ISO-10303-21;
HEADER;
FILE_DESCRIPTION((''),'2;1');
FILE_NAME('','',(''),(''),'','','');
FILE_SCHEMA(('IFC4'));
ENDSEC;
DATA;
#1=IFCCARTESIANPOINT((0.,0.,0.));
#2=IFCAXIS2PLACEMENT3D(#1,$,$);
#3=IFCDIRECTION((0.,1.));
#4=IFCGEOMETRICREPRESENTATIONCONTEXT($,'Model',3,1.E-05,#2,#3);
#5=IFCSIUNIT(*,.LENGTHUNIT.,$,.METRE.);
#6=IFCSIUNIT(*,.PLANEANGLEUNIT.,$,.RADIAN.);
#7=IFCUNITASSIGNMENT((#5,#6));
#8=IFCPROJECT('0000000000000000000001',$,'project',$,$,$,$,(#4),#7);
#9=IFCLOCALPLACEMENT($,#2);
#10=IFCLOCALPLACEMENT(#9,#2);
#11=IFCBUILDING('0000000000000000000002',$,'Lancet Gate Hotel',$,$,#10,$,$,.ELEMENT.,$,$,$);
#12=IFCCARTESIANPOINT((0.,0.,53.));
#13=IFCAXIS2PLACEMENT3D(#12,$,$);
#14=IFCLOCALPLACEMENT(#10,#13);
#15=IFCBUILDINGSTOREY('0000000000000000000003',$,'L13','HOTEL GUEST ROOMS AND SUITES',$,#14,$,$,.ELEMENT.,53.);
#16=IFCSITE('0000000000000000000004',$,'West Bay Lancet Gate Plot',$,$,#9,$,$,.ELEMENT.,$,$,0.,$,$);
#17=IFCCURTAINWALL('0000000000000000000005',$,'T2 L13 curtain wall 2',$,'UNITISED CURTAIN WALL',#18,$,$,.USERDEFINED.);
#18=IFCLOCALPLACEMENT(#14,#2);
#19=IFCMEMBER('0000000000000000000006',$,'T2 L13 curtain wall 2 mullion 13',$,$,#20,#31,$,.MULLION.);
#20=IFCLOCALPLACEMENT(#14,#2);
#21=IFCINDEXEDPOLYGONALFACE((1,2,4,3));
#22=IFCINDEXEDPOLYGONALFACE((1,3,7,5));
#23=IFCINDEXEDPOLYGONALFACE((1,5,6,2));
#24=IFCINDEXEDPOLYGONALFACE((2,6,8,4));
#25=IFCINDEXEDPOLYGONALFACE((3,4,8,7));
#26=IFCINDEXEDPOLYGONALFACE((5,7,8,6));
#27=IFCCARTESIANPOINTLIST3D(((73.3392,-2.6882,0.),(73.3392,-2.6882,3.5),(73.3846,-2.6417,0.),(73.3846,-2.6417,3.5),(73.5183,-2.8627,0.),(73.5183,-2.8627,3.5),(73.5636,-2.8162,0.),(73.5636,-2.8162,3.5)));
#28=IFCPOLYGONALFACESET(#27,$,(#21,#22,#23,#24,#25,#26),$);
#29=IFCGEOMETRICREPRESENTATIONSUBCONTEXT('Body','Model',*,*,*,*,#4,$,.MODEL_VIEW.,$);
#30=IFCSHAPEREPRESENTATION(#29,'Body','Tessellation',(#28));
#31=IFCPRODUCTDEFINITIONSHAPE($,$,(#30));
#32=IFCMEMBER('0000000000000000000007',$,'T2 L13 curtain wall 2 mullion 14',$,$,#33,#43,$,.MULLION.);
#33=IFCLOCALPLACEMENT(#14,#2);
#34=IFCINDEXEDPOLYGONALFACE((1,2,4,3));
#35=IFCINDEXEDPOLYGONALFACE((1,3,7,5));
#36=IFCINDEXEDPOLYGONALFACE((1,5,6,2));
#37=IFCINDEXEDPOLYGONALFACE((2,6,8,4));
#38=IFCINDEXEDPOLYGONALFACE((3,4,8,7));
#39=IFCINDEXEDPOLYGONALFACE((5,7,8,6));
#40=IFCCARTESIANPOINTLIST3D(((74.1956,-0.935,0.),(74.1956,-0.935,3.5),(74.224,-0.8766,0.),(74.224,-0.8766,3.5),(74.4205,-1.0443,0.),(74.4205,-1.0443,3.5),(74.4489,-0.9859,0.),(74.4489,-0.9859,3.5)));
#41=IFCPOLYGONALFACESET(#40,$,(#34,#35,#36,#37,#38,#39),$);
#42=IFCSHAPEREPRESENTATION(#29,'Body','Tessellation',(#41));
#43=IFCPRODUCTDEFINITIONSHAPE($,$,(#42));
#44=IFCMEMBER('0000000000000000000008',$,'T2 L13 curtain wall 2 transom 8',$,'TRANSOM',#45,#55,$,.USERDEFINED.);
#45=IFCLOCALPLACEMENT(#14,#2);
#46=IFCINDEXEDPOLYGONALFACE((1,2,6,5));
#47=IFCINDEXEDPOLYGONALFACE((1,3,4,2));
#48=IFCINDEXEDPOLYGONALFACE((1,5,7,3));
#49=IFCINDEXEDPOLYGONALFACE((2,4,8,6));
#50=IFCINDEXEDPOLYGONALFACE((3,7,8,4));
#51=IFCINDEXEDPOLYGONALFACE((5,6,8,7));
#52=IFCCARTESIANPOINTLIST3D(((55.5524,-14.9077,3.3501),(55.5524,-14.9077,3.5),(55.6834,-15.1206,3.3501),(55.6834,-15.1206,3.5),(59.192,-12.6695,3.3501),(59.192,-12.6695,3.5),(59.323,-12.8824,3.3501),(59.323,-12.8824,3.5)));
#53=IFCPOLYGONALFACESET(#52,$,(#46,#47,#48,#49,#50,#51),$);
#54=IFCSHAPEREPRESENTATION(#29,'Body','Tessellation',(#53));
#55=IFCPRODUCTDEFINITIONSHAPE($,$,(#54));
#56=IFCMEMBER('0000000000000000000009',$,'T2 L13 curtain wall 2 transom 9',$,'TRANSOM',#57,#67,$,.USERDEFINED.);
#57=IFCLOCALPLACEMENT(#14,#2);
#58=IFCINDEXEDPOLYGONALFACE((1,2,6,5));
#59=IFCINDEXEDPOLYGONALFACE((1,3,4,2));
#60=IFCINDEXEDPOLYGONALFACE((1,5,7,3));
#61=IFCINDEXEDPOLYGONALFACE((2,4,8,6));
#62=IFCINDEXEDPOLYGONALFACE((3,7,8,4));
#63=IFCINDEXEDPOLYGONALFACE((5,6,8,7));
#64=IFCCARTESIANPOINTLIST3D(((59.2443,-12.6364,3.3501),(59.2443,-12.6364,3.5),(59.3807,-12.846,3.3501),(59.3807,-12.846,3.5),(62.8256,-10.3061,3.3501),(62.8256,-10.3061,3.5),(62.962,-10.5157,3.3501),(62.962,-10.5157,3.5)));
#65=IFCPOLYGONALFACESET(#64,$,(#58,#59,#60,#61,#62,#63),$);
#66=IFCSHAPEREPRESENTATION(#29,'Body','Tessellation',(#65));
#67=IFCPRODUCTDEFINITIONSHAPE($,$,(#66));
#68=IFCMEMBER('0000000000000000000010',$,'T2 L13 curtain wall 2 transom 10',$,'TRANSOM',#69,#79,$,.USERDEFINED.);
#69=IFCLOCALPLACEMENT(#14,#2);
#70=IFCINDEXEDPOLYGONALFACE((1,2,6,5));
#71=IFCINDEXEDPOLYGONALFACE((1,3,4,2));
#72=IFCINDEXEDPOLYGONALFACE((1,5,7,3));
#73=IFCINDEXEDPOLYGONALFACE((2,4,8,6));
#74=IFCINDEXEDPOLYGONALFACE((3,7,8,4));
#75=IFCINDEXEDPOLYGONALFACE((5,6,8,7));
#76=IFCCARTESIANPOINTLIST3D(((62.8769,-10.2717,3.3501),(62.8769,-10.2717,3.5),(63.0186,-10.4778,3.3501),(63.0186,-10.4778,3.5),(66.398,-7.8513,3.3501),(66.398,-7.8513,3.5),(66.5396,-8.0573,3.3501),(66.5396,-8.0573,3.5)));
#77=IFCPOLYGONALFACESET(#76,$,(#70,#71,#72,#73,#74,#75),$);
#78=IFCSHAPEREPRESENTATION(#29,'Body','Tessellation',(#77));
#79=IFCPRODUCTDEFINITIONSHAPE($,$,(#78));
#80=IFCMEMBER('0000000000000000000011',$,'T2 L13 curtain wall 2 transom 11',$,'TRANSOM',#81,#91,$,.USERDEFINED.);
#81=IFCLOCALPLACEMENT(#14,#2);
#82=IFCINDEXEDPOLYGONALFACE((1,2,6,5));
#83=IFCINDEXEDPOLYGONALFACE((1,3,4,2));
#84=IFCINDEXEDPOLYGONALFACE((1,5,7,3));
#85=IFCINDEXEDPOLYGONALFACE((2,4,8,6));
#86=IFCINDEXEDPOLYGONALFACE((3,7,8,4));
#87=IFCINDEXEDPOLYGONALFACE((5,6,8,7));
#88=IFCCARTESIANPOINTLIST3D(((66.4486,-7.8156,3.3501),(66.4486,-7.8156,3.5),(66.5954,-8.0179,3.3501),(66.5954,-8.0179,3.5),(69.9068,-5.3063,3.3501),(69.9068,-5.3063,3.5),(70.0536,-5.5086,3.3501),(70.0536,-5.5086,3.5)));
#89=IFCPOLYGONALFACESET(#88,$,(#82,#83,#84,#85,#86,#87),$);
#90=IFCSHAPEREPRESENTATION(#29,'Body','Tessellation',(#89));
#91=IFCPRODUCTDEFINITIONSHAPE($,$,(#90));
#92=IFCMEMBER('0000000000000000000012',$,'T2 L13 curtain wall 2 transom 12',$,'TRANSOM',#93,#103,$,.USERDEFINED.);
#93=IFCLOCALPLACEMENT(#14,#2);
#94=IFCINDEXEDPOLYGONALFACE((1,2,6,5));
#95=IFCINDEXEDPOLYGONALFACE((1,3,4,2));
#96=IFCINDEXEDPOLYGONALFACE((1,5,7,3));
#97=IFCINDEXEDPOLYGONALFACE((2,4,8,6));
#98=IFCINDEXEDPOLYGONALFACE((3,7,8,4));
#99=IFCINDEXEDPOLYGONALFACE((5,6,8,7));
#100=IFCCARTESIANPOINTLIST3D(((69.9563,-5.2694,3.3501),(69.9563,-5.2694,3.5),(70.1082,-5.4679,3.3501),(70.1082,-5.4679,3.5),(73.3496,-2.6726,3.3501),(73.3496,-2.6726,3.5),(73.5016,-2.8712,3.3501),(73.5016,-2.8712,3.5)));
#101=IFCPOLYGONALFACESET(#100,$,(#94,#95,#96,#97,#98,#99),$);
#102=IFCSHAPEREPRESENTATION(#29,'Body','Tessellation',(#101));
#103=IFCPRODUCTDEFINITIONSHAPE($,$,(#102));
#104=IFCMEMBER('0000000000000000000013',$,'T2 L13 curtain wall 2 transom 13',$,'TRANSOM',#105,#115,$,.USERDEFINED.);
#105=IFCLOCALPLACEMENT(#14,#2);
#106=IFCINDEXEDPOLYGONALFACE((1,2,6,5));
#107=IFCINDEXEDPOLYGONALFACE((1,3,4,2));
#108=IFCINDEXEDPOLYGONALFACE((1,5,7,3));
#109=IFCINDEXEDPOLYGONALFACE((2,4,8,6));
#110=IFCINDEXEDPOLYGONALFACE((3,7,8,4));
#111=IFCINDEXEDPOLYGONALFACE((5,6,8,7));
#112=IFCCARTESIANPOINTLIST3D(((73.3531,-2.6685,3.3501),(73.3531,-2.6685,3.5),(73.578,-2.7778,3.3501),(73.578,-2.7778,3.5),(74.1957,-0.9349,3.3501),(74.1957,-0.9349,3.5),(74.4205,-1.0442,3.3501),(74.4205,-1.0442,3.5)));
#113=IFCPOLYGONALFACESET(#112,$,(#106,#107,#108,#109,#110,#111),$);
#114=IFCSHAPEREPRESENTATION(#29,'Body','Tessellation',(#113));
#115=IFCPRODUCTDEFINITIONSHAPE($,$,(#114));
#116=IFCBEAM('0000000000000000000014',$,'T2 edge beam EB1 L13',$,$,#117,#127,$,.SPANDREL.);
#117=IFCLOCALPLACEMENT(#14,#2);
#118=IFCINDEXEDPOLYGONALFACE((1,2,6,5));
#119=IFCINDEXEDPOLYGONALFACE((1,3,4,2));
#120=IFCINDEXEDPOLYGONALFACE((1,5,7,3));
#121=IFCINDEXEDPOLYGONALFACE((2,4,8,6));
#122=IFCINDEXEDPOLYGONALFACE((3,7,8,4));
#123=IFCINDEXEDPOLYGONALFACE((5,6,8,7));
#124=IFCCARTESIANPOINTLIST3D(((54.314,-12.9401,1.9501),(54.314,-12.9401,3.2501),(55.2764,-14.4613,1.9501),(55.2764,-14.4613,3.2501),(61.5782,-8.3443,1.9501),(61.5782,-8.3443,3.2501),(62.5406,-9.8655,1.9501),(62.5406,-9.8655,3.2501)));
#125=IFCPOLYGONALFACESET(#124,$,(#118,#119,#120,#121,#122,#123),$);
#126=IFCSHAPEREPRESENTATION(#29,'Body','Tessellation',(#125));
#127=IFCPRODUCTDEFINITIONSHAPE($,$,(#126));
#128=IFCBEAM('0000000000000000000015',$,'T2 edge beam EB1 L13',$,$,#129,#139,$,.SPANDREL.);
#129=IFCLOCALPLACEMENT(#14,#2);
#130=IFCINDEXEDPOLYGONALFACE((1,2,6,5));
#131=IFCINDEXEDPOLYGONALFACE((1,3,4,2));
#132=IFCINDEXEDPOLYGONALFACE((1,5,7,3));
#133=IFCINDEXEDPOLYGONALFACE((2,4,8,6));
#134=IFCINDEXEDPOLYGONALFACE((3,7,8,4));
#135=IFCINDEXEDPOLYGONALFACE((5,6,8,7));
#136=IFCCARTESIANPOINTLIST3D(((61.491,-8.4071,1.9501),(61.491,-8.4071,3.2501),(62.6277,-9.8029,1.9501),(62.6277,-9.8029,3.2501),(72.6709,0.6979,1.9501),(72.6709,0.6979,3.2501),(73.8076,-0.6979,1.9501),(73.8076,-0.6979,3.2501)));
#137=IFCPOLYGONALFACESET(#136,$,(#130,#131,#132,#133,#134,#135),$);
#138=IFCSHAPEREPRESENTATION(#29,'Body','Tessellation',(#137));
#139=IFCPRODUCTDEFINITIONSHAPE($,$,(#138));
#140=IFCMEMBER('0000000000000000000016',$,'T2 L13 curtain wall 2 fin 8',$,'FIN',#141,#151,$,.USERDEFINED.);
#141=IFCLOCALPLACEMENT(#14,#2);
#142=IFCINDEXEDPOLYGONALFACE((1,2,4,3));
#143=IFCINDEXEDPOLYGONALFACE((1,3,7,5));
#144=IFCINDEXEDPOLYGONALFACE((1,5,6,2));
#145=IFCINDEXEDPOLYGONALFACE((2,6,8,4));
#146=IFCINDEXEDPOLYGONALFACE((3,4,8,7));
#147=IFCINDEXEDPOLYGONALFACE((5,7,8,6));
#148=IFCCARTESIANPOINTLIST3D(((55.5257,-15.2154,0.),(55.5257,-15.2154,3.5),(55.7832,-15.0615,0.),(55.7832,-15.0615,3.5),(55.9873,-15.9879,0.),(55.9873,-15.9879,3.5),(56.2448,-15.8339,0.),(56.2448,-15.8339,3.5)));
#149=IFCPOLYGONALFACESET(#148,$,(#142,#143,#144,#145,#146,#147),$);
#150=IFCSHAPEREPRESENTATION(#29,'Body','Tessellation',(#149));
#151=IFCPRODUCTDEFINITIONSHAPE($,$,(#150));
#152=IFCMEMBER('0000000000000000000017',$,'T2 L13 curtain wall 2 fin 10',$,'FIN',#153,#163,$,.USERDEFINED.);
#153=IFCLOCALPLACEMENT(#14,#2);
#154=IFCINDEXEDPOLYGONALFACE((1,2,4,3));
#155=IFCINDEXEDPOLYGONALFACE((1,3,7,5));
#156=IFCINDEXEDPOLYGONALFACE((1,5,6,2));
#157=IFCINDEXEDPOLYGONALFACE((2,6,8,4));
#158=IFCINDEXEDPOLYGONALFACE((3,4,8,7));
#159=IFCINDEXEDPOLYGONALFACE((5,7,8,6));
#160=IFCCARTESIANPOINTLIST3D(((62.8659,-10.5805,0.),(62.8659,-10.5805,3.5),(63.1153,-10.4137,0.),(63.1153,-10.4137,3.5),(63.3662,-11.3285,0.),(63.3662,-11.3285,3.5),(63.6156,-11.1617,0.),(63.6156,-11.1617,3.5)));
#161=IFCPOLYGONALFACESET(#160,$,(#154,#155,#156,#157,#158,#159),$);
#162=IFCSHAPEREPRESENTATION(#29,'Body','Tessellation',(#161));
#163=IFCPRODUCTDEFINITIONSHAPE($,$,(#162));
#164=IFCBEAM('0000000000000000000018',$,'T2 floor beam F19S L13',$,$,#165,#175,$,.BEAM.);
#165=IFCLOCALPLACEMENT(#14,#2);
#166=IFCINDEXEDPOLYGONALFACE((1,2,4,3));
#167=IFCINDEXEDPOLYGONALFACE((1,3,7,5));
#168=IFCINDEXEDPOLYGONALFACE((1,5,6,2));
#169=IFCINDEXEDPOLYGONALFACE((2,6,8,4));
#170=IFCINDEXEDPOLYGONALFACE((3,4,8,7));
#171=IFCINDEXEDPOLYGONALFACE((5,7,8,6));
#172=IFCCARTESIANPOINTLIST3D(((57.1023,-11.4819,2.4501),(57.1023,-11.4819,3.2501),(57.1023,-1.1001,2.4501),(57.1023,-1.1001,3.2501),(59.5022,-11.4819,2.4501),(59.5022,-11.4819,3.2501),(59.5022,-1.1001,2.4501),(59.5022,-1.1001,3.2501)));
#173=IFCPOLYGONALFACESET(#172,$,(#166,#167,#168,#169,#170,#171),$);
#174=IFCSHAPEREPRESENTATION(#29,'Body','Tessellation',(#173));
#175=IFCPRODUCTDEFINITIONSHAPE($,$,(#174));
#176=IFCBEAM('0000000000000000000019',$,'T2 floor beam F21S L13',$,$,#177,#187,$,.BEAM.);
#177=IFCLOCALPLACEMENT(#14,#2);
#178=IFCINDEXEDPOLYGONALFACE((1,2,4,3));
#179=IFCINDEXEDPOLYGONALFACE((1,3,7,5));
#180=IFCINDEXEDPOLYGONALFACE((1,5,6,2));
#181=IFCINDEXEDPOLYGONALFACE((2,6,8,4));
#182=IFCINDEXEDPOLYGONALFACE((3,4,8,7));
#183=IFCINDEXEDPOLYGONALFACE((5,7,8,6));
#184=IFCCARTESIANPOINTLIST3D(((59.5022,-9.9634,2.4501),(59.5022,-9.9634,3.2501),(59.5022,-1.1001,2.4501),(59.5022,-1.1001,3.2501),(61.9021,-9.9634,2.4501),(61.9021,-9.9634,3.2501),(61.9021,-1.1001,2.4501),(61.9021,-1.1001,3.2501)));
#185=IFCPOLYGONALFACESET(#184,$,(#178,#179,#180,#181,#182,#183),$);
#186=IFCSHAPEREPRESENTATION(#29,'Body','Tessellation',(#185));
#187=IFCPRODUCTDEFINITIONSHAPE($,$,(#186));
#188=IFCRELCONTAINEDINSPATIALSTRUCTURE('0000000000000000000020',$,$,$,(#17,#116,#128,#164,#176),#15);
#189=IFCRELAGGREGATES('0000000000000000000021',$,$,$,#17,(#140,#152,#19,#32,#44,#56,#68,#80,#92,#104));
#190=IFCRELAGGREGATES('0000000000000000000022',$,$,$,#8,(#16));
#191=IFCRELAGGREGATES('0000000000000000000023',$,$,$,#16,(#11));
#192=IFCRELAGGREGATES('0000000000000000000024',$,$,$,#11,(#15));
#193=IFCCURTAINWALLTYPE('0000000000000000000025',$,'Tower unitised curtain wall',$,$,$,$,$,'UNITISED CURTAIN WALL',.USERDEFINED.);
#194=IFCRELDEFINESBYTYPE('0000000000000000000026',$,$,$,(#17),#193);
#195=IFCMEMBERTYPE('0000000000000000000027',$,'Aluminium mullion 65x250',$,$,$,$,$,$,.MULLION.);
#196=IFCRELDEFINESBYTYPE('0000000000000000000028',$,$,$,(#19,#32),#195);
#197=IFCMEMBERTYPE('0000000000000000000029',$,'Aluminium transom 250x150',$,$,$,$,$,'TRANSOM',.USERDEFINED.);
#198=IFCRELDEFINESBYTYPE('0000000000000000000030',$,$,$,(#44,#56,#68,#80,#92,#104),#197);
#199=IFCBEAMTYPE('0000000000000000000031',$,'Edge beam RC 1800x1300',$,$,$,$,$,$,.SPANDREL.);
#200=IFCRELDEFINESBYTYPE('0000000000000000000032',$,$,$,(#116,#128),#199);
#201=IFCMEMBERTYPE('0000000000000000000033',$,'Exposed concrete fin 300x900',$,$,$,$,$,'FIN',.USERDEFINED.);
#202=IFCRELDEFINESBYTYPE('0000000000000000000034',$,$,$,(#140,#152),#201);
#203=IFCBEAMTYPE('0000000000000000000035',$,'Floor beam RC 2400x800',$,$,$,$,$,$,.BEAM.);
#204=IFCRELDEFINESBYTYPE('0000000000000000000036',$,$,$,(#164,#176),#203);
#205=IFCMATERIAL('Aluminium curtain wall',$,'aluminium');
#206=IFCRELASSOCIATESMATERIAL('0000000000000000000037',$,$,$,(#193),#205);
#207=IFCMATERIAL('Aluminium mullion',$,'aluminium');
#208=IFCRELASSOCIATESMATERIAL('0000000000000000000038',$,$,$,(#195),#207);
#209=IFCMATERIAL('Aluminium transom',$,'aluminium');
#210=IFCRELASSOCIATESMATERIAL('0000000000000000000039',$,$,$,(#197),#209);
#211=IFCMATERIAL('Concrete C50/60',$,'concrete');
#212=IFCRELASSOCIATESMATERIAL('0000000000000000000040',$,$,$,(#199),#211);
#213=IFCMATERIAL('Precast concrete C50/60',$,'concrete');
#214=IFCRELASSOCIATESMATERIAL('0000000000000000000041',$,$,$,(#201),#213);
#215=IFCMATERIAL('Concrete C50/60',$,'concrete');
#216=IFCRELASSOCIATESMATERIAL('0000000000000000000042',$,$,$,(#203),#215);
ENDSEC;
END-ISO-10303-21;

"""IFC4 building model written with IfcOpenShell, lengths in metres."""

from ifc_helpers import new_model, si_unit, direction, frame, origin, origin_2d, place, context, subcontext, project, spatial, rectangle, extrude, material, material_profile, profile_set, type_object, element, aggregate, save


model = new_model("IFC4")

# Units and contexts
model_context = context("Model", 3, precision=1e-05, world=origin(), true_north=direction((0.0, 1.0)))
body_context = subcontext(model_context, "Body", "Model", "MODEL_VIEW")
ifc_project = project(units=[si_unit("LENGTHUNIT", "METRE"), si_unit("PLANEANGLEUNIT", "RADIAN")], contexts=[model_context])

# Site, building, storey
site_placement = place(None, origin())
site = spatial("IfcSite", under=ifc_project, at=site_placement, Name="West Bay Lancet Gate Plot", CompositionType="ELEMENT", RefElevation=0.0)
building_placement = place(site_placement, origin())
building = spatial("IfcBuilding", under=site, at=building_placement, Name="Lancet Gate Hotel", CompositionType="ELEMENT")
storey_placement = place(building_placement, frame((0.0, 0.0, 53.0)))
storey = spatial("IfcBuildingStorey", under=building, at=storey_placement, Name="L13", Description="HOTEL GUEST ROOMS AND SUITES", CompositionType="ELEMENT", Elevation=53.0)

# Curtain wall, members
ifc_material_1 = material(Name="Aluminium curtain wall", Category="aluminium")
curtain_wall_type = type_object("IfcCurtainWallType", Name="Tower unitised curtain wall", ElementType="UNITISED CURTAIN WALL", PredefinedType="USERDEFINED", material=ifc_material_1)
curtain_wall_placement = place(storey_placement, origin())
curtain_wall = element("IfcCurtainWall", 1, at=curtain_wall_placement, inside=storey, type_object=curtain_wall_type, Name="T2 L13 curtain wall 2", ObjectType="UNITISED CURTAIN WALL", PredefinedType="USERDEFINED")
ifc_material_2 = material(Name="Aluminium mullion", Category="aluminium")
ifc_material_profile_1 = material_profile(ifc_material_2, rectangle(XDim=0.0649, YDim=0.25, at=origin_2d()), Name="MULLION 65x250")
ifc_profile_set_1 = profile_set([ifc_material_profile_1], Name="Aluminium mullion")
member_type_1 = type_object("IfcMemberType", Name="Aluminium mullion 65x250", PredefinedType="MULLION", material=ifc_profile_set_1)
member_1_placement = place(storey_placement, frame((73.4514, -2.7522, 0.0), z_axis=(0.0, 0.0, 1.0), x_axis=(0.697983, 0.716114, 0.0)))
member_1 = element("IfcMember", 2, at=member_1_placement, type_object=member_type_1, Name="T2 L13 curtain wall 2 mullion 13", PredefinedType="MULLION", context=body_context, shape_type="SweptSolid", body=[
    extrude(rectangle(XDim=0.0649, YDim=0.25, at=origin_2d()), origin(), (0.0, 0.0, 1.0), 3.5),
])
member_2_placement = place(storey_placement, frame((74.3223, -0.9604, 0.0), z_axis=(0.0, 0.0, 1.0), x_axis=(0.437169, 0.899379, 0.0)))
member_2 = element("IfcMember", 3, at=member_2_placement, type_object=member_type_1, Name="T2 L13 curtain wall 2 mullion 14", PredefinedType="MULLION", context=body_context, shape_type="SweptSolid", body=[
    extrude(rectangle(XDim=0.0649, YDim=0.25, at=origin_2d()), origin(), (0.0, 0.0, 1.0), 3.5),
])
ifc_material_3 = material(Name="Aluminium transom", Category="aluminium")
ifc_material_profile_2 = material_profile(ifc_material_3, rectangle(XDim=0.25, YDim=0.1499, at=origin_2d()), Name="TRANSOM 250x150")
ifc_profile_set_2 = profile_set([ifc_material_profile_2], Name="Aluminium transom")
member_type_2 = type_object("IfcMemberType", Name="Aluminium transom 250x150", ElementType="TRANSOM", PredefinedType="USERDEFINED", material=ifc_profile_set_2)
member_3_placement = place(storey_placement, frame((55.6179, -15.0142, 3.425), z_axis=(0.851815, 0.523842, 0.0), x_axis=(-0.523842, 0.851815, 0.0)))
member_3 = element("IfcMember", 4, at=member_3_placement, type_object=member_type_2, Name="T2 L13 curtain wall 2 transom 8", ObjectType="TRANSOM", PredefinedType="USERDEFINED", context=body_context, shape_type="SweptSolid", body=[
    extrude(rectangle(XDim=0.25, YDim=0.1499, at=origin_2d()), origin(), (0.0, 0.0, 1.0), 4.2727),
])
member_4_placement = place(storey_placement, frame((59.3125, -12.7412, 3.425), z_axis=(0.838179, 0.545396, 0.0), x_axis=(-0.545396, 0.838179, 0.0)))
member_4 = element("IfcMember", 5, at=member_4_placement, type_object=member_type_2, Name="T2 L13 curtain wall 2 transom 9", ObjectType="TRANSOM", PredefinedType="USERDEFINED", context=body_context, shape_type="SweptSolid", body=[
    extrude(rectangle(XDim=0.25, YDim=0.1499, at=origin_2d()), origin(), (0.0, 0.0, 1.0), 4.2727),
])
member_5_placement = place(storey_placement, frame((62.9478, -10.3748, 3.425), z_axis=(0.824072, 0.566485, 0.0), x_axis=(-0.566485, 0.824072, 0.0)))
member_5 = element("IfcMember", 6, at=member_5_placement, type_object=member_type_2, Name="T2 L13 curtain wall 2 transom 10", ObjectType="TRANSOM", PredefinedType="USERDEFINED", context=body_context, shape_type="SweptSolid", body=[
    extrude(rectangle(XDim=0.25, YDim=0.1499, at=origin_2d()), origin(), (0.0, 0.0, 1.0), 4.2727),
])
member_6_placement = place(storey_placement, frame((66.522, -7.9167, 3.425), z_axis=(0.809383, 0.587281, 0.0), x_axis=(-0.587281, 0.809383, 0.0)))
member_6 = element("IfcMember", 7, at=member_6_placement, type_object=member_type_2, Name="T2 L13 curtain wall 2 transom 11", ObjectType="TRANSOM", PredefinedType="USERDEFINED", context=body_context, shape_type="SweptSolid", body=[
    extrude(rectangle(XDim=0.25, YDim=0.1499, at=origin_2d()), origin(), (0.0, 0.0, 1.0), 4.2727),
])
member_7_placement = place(storey_placement, frame((70.0322, -5.3687, 3.425), z_axis=(0.794155, 0.607715, 0.0), x_axis=(-0.607715, 0.794155, 0.0)))
member_7 = element("IfcMember", 8, at=member_7_placement, type_object=member_type_2, Name="T2 L13 curtain wall 2 transom 12", ObjectType="TRANSOM", PredefinedType="USERDEFINED", context=body_context, shape_type="SweptSolid", body=[
    extrude(rectangle(XDim=0.25, YDim=0.1499, at=origin_2d()), origin(), (0.0, 0.0, 1.0), 4.2729),
])
member_8_placement = place(storey_placement, frame((73.4656, -2.7231, 3.425), z_axis=(0.437103, 0.899411, 0.0), x_axis=(-0.899411, 0.437103, 0.0)))
member_8 = element("IfcMember", 9, at=member_8_placement, type_object=member_type_2, Name="T2 L13 curtain wall 2 transom 13", ObjectType="TRANSOM", PredefinedType="USERDEFINED", context=body_context, shape_type="SweptSolid", body=[
    extrude(rectangle(XDim=0.25, YDim=0.1499, at=origin_2d()), origin(), (0.0, 0.0, 1.0), 1.9275),
])

# Beams
ifc_material_4 = material(Name="Concrete C50/60", Category="concrete")
ifc_material_profile_3 = material_profile(ifc_material_4, rectangle(XDim=1.8, YDim=1.3, at=origin_2d()), Name="RC 1800x1300")
ifc_profile_set_3 = profile_set([ifc_material_profile_3], Name="Concrete C50/60")
beam_type_1 = type_object("IfcBeamType", Name="Edge beam RC 1800x1300", PredefinedType="SPANDREL", material=ifc_profile_set_3)
beam_1_placement = place(storey_placement, frame((54.7952, -13.7007, 2.6001), z_axis=(0.845078, 0.534643, 0.0), x_axis=(-0.534643, 0.845078, 0.0)))
element("IfcBeam", 10, at=beam_1_placement, inside=storey, type_object=beam_type_1, Name="T2 edge beam EB1 L13", PredefinedType="SPANDREL", context=body_context, shape_type="SweptSolid", body=[
    extrude(rectangle(XDim=1.8, YDim=1.3, at=origin_2d()), origin(), (0.0, 0.0, 1.0), 8.5959),
])
beam_2_placement = place(storey_placement, frame((62.0593, -9.105, 2.6001), z_axis=(0.775391, 0.631481, 0.0), x_axis=(-0.631481, 0.775391, 0.0)))
element("IfcBeam", 11, at=beam_2_placement, inside=storey, type_object=beam_type_1, Name="T2 edge beam EB1 L13", PredefinedType="SPANDREL", context=body_context, shape_type="SweptSolid", body=[
    extrude(rectangle(XDim=1.8, YDim=1.3, at=origin_2d()), origin(), (0.0, 0.0, 1.0), 14.4185),
])

# Members
ifc_material_5 = material(Name="Precast concrete C50/60", Category="concrete")
ifc_material_profile_4 = material_profile(ifc_material_5, rectangle(XDim=0.3, YDim=0.8999, at=origin_2d()), Name="FIN 300x900")
ifc_profile_set_4 = profile_set([ifc_material_profile_4], Name="Precast concrete C50/60")
member_type_3 = type_object("IfcMemberType", Name="Exposed concrete fin 300x900", ElementType="FIN", PredefinedType="USERDEFINED", material=ifc_profile_set_4)
member_9_placement = place(storey_placement, frame((55.8853, -15.5247, 0.0), z_axis=(0.0, 0.0, 1.0), x_axis=(0.858413, 0.512959, 0.0)))
member_9 = element("IfcMember", 12, at=member_9_placement, type_object=member_type_3, Name="T2 L13 curtain wall 2 fin 8", ObjectType="FIN", PredefinedType="USERDEFINED", context=body_context, shape_type="SweptSolid", body=[
    extrude(rectangle(XDim=0.3, YDim=0.8999, at=origin_2d()), origin(), (0.0, 0.0, 1.0), 3.5),
])
member_10_placement = place(storey_placement, frame((63.2407, -10.8711, 0.0), z_axis=(0.0, 0.0, 1.0), x_axis=(0.831198, 0.555976, 0.0)))
member_10 = element("IfcMember", 13, at=member_10_placement, type_object=member_type_3, Name="T2 L13 curtain wall 2 fin 10", ObjectType="FIN", PredefinedType="USERDEFINED", context=body_context, shape_type="SweptSolid", body=[
    extrude(rectangle(XDim=0.3, YDim=0.8999, at=origin_2d()), origin(), (0.0, 0.0, 1.0), 3.5),
])

# Beams
ifc_material_6 = material(Name="Concrete C50/60", Category="concrete")
ifc_material_profile_5 = material_profile(ifc_material_6, rectangle(XDim=2.3999, YDim=0.8, at=origin_2d()), Name="RC 2400x800")
ifc_profile_set_5 = profile_set([ifc_material_profile_5], Name="Concrete C50/60")
beam_type_2 = type_object("IfcBeamType", Name="Floor beam RC 2400x800", PredefinedType="BEAM", material=ifc_profile_set_5)
beam_3_placement = place(storey_placement, frame((58.3022, -11.4819, 2.8501), z_axis=(0.0, 1.0, 0.0), x_axis=(-1.0, 0.0, 0.0)))
element("IfcBeam", 14, at=beam_3_placement, inside=storey, type_object=beam_type_2, Name="T2 floor beam F19S L13", PredefinedType="BEAM", context=body_context, shape_type="SweptSolid", body=[
    extrude(rectangle(XDim=2.3999, YDim=0.8, at=origin_2d()), origin(), (0.0, 0.0, 1.0), 10.3818),
])
beam_4_placement = place(storey_placement, frame((60.7021, -9.9634, 2.8501), z_axis=(0.0, 1.0, 0.0), x_axis=(-1.0, 0.0, 0.0)))
element("IfcBeam", 15, at=beam_4_placement, inside=storey, type_object=beam_type_2, Name="T2 floor beam F21S L13", PredefinedType="BEAM", context=body_context, shape_type="SweptSolid", body=[
    extrude(rectangle(XDim=2.3999, YDim=0.8, at=origin_2d()), origin(), (0.0, 0.0, 1.0), 8.8633),
])

aggregate(curtain_wall, [member_9, member_10, member_1, member_2, member_3, member_4, member_5, member_6, member_7, member_8])

save(model, "model.ifc")
